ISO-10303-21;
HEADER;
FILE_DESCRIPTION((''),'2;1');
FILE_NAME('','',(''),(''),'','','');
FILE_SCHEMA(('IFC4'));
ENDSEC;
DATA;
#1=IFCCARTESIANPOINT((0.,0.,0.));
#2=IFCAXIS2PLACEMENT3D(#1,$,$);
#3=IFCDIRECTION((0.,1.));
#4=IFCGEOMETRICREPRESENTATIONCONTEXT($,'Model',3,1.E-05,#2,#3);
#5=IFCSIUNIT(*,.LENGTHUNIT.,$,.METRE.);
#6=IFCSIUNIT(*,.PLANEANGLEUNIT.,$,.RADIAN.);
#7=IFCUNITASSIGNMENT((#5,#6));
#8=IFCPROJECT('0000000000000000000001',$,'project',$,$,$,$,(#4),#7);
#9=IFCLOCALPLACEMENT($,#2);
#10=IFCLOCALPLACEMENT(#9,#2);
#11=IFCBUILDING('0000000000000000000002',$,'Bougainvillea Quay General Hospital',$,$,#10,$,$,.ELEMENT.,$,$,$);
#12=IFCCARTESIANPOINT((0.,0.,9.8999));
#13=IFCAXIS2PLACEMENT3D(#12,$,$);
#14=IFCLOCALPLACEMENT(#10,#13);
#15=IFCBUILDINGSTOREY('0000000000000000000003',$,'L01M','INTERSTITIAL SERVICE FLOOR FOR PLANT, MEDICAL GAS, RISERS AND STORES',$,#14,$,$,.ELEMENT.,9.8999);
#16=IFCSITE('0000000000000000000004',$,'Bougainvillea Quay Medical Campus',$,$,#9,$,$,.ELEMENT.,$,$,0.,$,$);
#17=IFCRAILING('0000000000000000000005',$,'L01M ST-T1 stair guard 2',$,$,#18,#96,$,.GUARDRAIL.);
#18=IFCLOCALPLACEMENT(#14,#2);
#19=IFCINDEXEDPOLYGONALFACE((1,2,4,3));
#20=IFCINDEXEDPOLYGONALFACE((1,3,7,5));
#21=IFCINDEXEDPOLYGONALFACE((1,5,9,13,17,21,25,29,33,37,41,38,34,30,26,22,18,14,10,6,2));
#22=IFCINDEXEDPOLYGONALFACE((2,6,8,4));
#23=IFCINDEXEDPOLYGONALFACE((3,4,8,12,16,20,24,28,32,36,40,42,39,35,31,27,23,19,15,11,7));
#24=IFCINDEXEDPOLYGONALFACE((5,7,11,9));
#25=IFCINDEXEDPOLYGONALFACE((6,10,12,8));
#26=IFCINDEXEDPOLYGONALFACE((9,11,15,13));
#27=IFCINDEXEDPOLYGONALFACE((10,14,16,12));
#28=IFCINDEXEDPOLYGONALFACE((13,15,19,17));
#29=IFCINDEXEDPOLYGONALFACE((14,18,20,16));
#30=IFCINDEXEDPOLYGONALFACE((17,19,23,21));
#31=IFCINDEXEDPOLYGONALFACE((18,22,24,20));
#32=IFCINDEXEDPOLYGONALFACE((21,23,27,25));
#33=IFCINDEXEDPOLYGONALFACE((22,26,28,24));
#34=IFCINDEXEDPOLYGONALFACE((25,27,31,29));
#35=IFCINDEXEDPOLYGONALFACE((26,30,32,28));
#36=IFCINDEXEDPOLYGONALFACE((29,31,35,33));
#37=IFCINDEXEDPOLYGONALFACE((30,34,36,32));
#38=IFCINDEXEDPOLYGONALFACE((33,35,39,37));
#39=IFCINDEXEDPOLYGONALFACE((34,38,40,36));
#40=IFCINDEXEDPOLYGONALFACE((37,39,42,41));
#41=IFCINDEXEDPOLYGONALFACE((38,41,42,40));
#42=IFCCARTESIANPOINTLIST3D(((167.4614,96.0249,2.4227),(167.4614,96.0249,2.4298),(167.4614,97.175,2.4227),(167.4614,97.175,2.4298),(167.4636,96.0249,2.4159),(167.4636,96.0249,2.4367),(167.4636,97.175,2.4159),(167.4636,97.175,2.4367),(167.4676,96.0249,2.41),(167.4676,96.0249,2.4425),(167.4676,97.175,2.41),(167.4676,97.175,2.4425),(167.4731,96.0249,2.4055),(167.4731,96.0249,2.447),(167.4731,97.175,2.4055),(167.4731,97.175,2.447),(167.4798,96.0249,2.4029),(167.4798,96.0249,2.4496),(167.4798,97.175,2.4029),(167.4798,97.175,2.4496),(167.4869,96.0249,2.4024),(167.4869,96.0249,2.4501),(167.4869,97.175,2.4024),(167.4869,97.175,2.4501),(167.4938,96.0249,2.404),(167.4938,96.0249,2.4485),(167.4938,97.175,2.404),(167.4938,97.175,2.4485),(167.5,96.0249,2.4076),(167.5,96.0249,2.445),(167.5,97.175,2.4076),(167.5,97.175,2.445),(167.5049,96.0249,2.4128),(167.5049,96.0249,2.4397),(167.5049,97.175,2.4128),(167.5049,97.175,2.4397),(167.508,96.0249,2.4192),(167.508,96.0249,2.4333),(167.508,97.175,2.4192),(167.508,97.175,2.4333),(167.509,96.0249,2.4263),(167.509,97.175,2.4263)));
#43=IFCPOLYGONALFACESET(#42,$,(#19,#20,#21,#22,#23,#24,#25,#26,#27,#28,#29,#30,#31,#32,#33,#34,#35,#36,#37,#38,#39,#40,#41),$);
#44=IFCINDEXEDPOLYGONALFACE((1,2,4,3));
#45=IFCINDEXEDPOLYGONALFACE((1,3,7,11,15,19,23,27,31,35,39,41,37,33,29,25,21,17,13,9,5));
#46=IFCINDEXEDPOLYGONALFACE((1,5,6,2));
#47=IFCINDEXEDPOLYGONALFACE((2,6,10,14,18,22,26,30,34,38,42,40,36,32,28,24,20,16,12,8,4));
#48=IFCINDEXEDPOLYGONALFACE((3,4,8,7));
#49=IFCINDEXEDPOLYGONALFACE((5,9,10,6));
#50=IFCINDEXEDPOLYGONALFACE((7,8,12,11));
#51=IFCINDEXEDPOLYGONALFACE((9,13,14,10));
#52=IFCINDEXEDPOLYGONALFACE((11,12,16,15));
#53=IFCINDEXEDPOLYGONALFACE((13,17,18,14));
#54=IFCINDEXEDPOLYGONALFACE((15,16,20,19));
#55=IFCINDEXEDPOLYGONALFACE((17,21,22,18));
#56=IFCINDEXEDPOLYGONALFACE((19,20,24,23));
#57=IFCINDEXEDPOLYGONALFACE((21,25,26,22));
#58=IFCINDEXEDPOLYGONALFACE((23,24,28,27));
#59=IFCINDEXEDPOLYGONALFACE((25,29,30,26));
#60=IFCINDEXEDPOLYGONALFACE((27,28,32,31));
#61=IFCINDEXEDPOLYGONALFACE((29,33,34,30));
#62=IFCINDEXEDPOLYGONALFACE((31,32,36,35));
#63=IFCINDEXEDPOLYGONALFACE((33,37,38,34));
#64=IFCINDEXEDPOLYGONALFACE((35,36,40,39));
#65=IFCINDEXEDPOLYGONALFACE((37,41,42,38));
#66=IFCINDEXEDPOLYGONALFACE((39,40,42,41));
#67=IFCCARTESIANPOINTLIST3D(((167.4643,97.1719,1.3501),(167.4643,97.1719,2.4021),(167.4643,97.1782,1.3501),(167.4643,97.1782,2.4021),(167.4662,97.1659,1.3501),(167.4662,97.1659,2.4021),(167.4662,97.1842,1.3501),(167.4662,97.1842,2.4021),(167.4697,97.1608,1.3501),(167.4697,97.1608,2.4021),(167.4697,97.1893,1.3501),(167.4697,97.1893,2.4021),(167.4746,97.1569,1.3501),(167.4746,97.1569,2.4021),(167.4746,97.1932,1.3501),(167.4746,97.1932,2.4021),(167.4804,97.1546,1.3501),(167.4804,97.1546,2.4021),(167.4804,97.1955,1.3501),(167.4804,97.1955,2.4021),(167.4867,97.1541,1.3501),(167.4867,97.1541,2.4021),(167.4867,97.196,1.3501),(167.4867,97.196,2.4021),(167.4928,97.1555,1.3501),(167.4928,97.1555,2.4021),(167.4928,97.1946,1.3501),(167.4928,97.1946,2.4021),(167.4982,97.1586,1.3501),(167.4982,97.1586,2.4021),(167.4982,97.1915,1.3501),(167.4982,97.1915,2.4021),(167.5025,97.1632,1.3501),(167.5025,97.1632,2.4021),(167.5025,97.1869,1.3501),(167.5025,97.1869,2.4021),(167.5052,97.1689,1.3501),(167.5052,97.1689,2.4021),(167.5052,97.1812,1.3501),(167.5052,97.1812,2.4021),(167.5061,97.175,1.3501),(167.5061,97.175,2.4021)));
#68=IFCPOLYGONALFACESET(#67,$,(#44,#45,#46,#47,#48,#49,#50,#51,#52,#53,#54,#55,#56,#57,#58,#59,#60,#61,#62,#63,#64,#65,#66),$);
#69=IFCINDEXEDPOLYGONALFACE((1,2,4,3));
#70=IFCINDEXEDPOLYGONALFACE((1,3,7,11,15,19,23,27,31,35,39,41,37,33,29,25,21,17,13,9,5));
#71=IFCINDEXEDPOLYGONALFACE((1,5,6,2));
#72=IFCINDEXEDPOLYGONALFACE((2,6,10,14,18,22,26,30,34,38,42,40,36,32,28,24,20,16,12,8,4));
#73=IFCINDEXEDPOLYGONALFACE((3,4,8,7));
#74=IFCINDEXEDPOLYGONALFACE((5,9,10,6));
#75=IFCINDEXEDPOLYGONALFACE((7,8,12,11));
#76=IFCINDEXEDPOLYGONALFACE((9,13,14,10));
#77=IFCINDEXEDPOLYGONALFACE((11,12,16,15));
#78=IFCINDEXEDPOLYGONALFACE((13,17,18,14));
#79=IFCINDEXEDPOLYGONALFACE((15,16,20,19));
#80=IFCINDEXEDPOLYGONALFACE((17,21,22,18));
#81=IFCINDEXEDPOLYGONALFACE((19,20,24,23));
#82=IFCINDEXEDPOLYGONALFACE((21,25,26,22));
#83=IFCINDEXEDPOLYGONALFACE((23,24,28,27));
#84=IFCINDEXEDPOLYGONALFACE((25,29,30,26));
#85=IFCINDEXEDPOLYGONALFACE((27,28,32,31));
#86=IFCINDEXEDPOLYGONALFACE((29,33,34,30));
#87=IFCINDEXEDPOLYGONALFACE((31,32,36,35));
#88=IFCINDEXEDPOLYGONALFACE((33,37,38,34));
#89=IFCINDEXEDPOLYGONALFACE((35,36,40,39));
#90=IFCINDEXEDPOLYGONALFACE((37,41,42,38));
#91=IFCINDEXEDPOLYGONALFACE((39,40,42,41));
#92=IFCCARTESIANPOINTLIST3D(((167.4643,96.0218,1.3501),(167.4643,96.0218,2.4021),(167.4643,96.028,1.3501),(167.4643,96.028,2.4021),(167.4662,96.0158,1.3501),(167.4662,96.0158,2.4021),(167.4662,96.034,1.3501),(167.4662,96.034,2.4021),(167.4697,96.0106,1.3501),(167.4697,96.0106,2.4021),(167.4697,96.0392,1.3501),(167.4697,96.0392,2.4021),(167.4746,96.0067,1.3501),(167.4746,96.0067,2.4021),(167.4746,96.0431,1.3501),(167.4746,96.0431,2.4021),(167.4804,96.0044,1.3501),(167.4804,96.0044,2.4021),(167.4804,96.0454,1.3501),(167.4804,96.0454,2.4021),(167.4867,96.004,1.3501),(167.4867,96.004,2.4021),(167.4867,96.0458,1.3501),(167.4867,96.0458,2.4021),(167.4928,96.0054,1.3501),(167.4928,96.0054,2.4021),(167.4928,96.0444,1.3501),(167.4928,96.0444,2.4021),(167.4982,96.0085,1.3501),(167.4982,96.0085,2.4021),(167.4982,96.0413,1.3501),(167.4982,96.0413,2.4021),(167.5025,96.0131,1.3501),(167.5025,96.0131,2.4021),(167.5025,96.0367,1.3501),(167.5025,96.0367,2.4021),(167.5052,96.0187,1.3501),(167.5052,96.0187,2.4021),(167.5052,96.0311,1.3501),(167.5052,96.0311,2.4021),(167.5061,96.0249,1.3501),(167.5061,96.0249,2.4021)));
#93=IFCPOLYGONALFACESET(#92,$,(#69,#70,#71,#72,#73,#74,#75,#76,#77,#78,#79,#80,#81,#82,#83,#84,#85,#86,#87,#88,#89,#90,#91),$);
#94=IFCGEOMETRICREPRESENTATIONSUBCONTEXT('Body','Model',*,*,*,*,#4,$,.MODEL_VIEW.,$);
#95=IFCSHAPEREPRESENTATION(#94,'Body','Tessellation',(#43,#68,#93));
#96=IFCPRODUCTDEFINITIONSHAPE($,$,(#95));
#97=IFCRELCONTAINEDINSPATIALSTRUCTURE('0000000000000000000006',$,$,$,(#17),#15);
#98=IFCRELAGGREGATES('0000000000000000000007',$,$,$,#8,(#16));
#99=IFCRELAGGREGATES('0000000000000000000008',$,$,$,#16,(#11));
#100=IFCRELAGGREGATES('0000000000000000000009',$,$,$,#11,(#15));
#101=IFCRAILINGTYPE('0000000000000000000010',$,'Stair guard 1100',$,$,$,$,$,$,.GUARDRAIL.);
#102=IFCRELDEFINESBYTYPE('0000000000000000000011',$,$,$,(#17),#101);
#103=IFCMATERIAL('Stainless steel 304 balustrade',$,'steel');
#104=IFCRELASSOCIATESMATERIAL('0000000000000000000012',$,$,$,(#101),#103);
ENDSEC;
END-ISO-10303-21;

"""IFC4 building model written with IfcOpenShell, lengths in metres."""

from ifc_helpers import new_model, si_unit, direction, frame, origin, origin_2d, place, context, subcontext, project, spatial, circle, extrude, material, type_object, element, save


model = new_model("IFC4")

# Units and contexts
model_context = context("Model", 3, precision=1e-05, world=origin(), true_north=direction((0.0, 1.0)))
body_context = subcontext(model_context, "Body", "Model", "MODEL_VIEW")
ifc_project = project(units=[si_unit("LENGTHUNIT", "METRE"), si_unit("PLANEANGLEUNIT", "RADIAN")], contexts=[model_context])

# Site, building, storey
site_placement = place(None, origin())
site = spatial("IfcSite", under=ifc_project, at=site_placement, Name="Bougainvillea Quay Medical Campus", CompositionType="ELEMENT", RefElevation=0.0)
building_placement = place(site_placement, origin())
building = spatial("IfcBuilding", under=site, at=building_placement, Name="Bougainvillea Quay General Hospital", CompositionType="ELEMENT")
storey_placement = place(building_placement, frame((0.0, 0.0, 9.8999)))
storey = spatial("IfcBuildingStorey", under=building, at=storey_placement, Name="L01M", Description="INTERSTITIAL SERVICE FLOOR FOR PLANT, MEDICAL GAS, RISERS AND STORES", CompositionType="ELEMENT", Elevation=9.8999)

# Railing
ifc_material_1 = material(Name="Stainless steel 304 balustrade", Category="steel")
railing_type = type_object("IfcRailingType", Name="Stair guard 1100", PredefinedType="GUARDRAIL", material=ifc_material_1)
railing_placement = place(storey_placement, frame((167.4851, 97.175, 1.3501)))
element("IfcRailing", 1, at=railing_placement, inside=storey, type_object=railing_type, Name="L01M ST-T1 stair guard 2", PredefinedType="GUARDRAIL", context=body_context, shape_type="SweptSolid", body=[
    extrude(circle(Radius=0.0239, at=origin_2d()), frame((0.0, 0.0, 1.0762), z_axis=(0.0, -1.0, 0.0), x_axis=(1.0, 0.0, 0.0)), (0.0, 0.0, 1.0), 1.1501),
    extrude(circle(Radius=0.021, at=origin_2d()), origin(), (0.0, 0.0, 1.0), 1.052),
    extrude(circle(Radius=0.021, at=origin_2d()), frame((0.0, -1.1501, 0.0)), (0.0, 0.0, 1.0), 1.052),
])

save(model, "model.ifc")
